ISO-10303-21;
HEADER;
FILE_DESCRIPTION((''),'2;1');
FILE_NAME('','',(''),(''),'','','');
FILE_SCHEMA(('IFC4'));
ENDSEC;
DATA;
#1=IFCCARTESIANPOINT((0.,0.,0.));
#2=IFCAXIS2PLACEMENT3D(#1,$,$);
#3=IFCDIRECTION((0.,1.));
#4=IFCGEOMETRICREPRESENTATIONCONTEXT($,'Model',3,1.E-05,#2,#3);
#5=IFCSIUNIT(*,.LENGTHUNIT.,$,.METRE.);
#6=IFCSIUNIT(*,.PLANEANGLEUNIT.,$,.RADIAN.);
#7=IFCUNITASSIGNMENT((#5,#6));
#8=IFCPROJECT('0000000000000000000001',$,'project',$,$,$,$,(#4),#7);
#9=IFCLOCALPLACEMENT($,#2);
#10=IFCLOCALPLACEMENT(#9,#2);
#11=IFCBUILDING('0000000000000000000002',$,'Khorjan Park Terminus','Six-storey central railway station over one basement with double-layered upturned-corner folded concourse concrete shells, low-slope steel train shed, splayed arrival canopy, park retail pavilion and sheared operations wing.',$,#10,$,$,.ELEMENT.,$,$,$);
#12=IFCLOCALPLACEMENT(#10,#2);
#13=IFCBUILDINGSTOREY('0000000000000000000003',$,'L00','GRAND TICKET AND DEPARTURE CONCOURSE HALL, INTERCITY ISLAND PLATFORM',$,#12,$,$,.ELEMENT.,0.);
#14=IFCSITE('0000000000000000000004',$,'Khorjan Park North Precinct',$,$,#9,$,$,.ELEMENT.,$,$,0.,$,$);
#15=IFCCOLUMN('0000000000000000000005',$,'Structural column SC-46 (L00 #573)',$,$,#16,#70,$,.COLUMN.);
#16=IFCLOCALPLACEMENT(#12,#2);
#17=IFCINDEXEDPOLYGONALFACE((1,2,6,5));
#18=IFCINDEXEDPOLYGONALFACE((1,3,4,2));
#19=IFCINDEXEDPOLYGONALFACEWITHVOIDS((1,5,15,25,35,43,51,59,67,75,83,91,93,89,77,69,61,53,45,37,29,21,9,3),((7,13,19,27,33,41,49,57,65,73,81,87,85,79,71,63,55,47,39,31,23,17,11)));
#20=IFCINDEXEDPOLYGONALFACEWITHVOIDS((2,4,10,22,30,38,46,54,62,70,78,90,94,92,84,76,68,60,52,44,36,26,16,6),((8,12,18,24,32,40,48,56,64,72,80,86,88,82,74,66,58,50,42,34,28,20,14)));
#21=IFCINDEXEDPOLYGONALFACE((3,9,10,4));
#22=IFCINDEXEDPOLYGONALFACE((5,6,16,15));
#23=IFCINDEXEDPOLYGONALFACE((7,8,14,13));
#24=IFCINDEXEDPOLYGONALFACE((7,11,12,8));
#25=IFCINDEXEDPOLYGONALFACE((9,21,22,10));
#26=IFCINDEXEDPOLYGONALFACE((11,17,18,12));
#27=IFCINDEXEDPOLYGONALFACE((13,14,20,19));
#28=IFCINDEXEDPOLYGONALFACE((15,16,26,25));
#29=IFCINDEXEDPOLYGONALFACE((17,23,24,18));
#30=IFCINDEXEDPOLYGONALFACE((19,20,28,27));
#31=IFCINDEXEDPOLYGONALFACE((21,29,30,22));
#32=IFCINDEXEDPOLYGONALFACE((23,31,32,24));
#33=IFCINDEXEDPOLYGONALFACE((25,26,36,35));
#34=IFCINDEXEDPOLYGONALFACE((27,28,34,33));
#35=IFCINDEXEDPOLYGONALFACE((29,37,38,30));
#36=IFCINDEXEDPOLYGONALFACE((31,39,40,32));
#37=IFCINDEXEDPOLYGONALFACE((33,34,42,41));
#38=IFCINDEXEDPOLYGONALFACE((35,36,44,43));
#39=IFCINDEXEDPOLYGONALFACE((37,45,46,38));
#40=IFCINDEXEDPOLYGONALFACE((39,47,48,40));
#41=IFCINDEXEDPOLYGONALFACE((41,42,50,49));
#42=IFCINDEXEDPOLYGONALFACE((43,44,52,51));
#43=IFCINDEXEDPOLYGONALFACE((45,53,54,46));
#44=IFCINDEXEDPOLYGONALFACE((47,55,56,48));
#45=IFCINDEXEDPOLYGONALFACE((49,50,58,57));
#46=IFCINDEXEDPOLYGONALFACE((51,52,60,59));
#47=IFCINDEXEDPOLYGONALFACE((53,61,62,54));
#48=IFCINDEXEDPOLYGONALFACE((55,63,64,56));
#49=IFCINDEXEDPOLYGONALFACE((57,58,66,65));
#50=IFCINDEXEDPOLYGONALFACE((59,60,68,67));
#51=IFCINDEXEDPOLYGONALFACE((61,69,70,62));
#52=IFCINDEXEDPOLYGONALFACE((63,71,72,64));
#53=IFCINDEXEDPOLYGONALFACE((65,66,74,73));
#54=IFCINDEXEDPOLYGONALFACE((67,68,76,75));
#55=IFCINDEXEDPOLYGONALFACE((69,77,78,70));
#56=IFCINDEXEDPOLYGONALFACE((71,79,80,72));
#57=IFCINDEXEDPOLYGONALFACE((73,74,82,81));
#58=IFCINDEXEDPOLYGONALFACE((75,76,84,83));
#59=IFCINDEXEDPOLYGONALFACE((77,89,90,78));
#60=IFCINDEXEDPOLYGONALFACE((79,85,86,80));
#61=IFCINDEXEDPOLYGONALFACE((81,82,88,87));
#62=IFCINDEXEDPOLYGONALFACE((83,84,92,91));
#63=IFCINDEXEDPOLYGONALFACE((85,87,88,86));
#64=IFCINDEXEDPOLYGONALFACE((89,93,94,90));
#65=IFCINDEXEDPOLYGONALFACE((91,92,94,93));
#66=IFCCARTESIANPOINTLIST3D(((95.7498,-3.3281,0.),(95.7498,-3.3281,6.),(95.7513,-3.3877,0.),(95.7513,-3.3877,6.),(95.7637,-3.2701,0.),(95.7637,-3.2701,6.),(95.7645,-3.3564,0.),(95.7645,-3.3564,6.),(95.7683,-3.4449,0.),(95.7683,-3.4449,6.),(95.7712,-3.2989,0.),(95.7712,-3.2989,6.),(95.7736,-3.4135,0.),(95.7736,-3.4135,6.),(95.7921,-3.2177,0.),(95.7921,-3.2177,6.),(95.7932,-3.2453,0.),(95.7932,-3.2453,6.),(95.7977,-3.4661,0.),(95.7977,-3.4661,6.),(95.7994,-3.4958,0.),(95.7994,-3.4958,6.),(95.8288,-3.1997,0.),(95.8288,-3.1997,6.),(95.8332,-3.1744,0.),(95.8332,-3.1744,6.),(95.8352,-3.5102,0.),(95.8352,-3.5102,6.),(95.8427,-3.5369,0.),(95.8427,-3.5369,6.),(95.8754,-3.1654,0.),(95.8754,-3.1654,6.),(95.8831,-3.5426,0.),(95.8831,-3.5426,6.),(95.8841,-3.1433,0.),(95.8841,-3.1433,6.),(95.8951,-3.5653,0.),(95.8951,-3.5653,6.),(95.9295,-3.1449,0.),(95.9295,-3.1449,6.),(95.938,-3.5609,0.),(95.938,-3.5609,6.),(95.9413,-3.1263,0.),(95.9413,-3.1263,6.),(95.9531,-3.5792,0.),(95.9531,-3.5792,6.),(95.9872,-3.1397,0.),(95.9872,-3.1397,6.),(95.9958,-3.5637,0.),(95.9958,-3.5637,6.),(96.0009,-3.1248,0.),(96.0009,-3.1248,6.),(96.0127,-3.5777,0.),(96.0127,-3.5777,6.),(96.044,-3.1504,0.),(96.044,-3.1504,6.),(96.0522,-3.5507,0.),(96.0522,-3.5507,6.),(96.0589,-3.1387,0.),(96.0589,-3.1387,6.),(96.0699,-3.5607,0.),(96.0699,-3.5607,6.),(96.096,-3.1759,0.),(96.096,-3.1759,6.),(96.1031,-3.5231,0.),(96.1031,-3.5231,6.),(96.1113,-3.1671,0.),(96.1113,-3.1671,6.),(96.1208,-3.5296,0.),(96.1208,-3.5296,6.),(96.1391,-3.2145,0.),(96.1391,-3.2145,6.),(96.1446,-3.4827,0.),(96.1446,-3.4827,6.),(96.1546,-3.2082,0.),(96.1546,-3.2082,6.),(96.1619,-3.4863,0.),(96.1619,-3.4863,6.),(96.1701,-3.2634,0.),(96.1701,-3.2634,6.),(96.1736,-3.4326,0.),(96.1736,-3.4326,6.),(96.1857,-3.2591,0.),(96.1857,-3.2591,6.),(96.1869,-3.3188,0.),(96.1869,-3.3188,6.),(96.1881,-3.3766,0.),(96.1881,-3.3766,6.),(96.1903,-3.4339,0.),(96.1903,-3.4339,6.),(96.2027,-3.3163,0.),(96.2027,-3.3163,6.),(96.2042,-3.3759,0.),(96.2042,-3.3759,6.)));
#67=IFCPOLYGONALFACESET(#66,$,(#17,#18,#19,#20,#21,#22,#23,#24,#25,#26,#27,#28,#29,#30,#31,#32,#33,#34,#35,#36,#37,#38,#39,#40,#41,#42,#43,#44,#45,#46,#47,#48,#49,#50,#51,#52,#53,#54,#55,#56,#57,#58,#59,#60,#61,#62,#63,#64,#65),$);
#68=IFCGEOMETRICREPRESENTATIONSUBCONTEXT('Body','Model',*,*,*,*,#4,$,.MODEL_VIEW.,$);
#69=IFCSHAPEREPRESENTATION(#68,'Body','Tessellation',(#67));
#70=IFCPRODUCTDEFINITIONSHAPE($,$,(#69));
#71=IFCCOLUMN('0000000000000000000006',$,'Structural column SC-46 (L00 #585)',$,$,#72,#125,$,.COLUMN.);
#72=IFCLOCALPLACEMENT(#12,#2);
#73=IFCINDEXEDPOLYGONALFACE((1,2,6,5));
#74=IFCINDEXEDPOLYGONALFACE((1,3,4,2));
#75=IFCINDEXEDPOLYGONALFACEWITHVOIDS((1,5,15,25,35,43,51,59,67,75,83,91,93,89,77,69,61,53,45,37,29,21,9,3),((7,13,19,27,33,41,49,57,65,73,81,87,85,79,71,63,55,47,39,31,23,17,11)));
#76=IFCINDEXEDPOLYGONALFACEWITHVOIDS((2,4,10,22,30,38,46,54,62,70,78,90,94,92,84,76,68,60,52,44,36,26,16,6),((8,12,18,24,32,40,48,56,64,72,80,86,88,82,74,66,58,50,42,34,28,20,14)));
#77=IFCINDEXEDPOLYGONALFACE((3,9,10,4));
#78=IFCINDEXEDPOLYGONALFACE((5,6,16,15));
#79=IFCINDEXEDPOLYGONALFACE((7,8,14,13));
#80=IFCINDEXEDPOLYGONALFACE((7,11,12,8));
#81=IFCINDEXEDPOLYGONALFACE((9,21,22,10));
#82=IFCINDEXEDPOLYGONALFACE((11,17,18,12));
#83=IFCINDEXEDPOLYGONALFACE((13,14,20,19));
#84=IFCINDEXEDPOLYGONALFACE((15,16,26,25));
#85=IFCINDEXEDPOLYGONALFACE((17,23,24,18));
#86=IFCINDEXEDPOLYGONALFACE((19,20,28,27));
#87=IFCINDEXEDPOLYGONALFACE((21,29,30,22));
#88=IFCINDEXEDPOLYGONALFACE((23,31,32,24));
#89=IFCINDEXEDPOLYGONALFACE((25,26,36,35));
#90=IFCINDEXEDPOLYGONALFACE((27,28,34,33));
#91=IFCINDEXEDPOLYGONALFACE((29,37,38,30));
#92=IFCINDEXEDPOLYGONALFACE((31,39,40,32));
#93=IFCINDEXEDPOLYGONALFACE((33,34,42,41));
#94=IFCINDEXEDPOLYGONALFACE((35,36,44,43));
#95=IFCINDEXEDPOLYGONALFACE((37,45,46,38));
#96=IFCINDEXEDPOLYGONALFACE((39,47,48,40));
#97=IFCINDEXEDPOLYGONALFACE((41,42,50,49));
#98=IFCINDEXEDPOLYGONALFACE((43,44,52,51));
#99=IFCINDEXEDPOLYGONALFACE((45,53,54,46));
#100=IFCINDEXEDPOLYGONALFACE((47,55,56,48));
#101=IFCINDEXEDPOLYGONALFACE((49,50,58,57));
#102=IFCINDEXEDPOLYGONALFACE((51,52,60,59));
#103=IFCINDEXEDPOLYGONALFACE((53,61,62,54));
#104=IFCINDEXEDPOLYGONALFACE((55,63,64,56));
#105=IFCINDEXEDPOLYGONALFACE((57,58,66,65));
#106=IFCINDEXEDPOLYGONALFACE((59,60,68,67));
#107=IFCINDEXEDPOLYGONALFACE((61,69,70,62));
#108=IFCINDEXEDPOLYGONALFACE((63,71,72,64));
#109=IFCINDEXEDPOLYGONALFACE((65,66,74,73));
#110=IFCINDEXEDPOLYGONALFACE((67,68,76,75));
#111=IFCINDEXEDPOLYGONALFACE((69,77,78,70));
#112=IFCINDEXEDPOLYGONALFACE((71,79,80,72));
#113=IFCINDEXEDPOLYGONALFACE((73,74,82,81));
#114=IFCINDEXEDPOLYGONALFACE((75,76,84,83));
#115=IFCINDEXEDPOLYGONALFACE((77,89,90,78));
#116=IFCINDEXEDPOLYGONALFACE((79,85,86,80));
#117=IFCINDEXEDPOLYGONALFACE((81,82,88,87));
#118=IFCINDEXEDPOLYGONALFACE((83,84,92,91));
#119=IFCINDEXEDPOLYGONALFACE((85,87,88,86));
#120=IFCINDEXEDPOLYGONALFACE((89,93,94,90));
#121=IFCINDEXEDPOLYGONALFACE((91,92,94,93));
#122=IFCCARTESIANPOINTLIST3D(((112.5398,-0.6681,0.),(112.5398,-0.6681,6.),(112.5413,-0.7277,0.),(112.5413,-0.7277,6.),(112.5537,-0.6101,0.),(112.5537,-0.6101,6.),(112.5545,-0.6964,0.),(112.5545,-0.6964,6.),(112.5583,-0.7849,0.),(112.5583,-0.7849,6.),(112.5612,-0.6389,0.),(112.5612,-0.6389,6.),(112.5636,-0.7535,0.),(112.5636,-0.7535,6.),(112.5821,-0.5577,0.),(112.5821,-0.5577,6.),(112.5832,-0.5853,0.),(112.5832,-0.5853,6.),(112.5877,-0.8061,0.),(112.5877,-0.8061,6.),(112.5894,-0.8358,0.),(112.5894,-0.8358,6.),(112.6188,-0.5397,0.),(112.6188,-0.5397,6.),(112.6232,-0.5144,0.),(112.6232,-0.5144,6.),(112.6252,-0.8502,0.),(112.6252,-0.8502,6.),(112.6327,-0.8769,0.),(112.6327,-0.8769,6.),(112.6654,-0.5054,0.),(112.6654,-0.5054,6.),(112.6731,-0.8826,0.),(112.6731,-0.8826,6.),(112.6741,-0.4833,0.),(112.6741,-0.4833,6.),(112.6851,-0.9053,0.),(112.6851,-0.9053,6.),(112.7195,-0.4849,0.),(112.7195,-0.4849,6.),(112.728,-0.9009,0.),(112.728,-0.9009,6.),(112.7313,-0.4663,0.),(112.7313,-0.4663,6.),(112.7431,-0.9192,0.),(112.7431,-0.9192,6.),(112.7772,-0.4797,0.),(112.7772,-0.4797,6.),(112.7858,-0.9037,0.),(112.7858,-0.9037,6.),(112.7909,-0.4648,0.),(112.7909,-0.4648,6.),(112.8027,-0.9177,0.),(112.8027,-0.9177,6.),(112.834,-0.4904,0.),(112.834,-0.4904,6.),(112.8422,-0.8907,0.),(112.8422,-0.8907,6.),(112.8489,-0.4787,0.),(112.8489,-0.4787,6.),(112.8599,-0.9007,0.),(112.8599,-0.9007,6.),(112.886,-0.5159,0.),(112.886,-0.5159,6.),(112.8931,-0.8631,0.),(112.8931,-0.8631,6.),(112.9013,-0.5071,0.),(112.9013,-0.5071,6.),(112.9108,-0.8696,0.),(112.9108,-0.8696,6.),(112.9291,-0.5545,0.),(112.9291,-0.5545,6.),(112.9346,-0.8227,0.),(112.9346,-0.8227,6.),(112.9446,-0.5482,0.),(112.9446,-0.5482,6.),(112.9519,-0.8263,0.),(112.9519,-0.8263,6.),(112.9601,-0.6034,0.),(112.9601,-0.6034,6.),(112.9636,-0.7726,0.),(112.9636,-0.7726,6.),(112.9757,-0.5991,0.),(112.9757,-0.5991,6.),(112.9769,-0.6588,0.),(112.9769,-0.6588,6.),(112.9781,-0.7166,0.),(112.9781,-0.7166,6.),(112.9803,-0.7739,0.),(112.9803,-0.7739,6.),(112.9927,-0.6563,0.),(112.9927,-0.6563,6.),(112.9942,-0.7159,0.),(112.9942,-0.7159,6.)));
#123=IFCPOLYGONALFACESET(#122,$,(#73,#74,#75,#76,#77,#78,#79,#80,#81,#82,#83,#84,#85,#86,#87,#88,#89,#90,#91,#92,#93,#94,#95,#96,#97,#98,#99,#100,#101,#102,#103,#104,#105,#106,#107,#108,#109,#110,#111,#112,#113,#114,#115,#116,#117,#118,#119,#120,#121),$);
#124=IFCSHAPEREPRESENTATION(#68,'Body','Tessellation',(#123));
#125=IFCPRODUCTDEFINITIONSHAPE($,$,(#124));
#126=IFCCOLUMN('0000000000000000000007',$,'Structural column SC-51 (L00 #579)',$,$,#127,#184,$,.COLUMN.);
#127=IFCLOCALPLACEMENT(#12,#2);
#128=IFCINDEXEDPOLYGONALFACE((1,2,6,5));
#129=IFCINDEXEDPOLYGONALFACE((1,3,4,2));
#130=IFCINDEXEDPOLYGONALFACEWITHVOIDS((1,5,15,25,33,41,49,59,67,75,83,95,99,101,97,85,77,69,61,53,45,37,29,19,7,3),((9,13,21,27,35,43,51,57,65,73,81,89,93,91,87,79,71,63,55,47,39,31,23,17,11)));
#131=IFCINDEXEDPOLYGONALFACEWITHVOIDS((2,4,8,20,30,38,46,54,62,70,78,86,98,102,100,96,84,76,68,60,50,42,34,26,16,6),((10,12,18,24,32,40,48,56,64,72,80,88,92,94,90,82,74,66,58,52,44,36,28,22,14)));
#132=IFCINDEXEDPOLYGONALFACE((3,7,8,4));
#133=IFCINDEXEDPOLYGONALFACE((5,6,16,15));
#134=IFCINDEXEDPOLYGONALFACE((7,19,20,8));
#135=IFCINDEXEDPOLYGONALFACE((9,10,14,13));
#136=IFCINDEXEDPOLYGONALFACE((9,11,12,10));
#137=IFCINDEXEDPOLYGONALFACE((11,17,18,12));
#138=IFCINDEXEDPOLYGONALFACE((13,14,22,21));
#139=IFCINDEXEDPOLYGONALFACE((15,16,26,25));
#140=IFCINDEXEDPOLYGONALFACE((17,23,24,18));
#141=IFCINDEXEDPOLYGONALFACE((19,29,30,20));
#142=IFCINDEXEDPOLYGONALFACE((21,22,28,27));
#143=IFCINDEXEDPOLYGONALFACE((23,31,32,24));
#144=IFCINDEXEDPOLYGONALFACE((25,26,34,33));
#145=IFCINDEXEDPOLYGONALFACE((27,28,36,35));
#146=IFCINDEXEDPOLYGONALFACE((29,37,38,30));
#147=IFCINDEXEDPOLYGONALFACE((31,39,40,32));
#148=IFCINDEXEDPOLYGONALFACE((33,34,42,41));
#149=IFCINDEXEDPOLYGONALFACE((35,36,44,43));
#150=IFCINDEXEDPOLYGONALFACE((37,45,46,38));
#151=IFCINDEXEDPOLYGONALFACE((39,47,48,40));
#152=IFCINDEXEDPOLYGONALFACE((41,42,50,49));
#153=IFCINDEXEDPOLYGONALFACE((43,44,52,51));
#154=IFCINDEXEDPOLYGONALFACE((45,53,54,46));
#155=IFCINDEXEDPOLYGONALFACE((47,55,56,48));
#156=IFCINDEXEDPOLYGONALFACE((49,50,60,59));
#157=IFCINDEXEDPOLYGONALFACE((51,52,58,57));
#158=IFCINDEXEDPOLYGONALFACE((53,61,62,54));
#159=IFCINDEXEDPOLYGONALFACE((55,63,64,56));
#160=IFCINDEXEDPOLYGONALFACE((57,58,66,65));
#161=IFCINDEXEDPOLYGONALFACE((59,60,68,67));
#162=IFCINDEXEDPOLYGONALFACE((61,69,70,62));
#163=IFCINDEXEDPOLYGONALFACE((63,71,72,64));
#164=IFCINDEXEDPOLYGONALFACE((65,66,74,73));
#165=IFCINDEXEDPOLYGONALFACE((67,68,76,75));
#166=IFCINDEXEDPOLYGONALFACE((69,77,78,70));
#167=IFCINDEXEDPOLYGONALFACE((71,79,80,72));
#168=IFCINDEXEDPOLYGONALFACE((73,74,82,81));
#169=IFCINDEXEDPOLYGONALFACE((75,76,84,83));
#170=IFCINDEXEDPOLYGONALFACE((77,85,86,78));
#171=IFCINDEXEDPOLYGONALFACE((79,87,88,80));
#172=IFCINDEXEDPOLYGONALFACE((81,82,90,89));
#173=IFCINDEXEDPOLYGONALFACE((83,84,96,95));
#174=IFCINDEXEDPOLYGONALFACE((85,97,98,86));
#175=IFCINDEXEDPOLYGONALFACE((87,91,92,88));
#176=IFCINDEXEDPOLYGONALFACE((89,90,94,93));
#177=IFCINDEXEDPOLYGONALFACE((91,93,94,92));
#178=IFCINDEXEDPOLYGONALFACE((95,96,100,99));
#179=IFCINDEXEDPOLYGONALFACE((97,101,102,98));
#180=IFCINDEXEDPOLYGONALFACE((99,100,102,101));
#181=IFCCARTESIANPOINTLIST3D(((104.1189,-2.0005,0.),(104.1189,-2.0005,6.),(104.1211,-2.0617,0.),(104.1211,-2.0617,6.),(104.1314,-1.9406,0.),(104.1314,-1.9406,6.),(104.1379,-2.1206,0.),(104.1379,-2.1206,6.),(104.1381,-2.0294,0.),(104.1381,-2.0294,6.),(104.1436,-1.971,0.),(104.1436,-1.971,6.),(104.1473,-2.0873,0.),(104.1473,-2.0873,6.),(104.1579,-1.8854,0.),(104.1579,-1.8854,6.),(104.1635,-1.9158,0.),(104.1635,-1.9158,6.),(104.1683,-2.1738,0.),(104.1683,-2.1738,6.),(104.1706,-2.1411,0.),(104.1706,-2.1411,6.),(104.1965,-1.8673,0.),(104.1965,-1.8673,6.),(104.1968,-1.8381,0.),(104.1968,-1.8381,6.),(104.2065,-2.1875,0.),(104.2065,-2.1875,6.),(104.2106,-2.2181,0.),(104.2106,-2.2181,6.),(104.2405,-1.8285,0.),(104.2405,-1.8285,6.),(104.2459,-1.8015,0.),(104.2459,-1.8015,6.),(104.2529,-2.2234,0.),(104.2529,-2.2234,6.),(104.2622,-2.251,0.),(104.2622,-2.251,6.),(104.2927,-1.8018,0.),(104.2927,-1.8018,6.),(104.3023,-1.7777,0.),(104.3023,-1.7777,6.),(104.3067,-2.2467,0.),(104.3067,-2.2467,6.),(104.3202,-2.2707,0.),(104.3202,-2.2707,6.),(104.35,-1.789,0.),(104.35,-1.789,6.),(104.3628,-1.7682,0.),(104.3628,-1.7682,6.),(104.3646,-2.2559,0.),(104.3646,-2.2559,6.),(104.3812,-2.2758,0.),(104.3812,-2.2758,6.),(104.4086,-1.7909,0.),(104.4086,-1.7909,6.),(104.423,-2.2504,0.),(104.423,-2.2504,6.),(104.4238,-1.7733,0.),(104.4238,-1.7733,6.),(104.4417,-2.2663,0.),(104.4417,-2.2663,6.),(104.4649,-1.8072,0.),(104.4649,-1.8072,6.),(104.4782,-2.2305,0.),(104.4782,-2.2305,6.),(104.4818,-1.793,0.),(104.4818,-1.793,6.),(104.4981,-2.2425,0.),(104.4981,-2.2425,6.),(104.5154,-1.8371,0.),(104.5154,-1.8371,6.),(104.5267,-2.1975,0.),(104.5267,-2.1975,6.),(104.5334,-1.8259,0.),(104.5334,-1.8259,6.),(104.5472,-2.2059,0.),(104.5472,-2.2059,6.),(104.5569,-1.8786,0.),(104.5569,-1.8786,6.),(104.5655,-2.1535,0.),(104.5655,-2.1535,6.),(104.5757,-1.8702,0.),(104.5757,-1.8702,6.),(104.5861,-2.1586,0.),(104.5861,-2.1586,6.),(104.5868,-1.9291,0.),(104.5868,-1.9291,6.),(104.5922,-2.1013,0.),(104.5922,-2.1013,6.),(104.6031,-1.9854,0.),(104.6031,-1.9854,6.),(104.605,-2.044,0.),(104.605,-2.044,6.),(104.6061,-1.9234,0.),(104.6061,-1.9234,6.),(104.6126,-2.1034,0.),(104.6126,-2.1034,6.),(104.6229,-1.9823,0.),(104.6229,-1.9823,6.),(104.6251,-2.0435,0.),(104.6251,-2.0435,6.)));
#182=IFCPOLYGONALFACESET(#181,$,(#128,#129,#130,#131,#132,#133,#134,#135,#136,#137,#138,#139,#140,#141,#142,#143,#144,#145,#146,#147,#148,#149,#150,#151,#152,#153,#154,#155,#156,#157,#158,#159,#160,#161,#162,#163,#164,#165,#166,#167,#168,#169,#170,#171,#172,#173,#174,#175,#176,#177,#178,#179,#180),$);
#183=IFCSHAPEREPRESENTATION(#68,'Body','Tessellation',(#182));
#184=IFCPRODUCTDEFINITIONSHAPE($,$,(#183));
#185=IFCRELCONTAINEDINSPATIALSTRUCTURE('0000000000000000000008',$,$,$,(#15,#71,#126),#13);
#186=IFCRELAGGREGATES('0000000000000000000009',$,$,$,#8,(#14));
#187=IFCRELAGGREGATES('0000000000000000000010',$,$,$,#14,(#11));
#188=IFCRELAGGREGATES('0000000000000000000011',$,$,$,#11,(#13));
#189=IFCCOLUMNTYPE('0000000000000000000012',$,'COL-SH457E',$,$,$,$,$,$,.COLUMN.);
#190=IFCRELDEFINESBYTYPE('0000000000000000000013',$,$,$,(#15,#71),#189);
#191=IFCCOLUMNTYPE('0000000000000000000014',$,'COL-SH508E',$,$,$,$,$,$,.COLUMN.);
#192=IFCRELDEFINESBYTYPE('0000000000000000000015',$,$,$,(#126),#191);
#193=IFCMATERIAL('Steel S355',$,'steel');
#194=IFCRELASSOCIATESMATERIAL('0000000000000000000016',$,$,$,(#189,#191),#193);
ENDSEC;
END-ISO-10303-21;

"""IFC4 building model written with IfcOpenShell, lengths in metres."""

from ifc_helpers import new_model, si_unit, direction, frame, origin, origin_2d, place, context, subcontext, project, spatial, hollow_circle, extrude, material, material_profile, profile_set, type_object, element, save


model = new_model("IFC4")

# Units and contexts
model_context = context("Model", 3, precision=1e-05, world=origin(), true_north=direction((0.0, 1.0)))
body_context = subcontext(model_context, "Body", "Model", "MODEL_VIEW")
ifc_project = project(units=[si_unit("LENGTHUNIT", "METRE"), si_unit("PLANEANGLEUNIT", "RADIAN")], contexts=[model_context])

# Site, building, storey
site_placement = place(None, origin())
site = spatial("IfcSite", under=ifc_project, at=site_placement, Name="Khorjan Park North Precinct", CompositionType="ELEMENT", RefElevation=0.0)
building_placement = place(site_placement, origin())
building = spatial("IfcBuilding", under=site, at=building_placement, Name="Khorjan Park Terminus", Description="Six-storey central railway station over one basement with double-layered upturned-corner folded concourse concrete shells, low-slope steel train shed, splayed arrival canopy, park retail pavilion and sheared operations wing.", CompositionType="ELEMENT")
storey_placement = place(building_placement, origin())
storey = spatial("IfcBuildingStorey", under=building, at=storey_placement, Name="L00", Description="GRAND TICKET AND DEPARTURE CONCOURSE HALL, INTERCITY ISLAND PLATFORM", CompositionType="ELEMENT", Elevation=0.0)

# Columns
ifc_material_1 = material(Name="Steel S355", Category="steel")
ifc_material_profile_1 = material_profile(ifc_material_1, hollow_circle(Radius=0.2285, WallThickness=0.016, at=origin_2d()), Name="CHS 457x16")
ifc_profile_set_1 = profile_set([ifc_material_profile_1], Name="Steel S355")
column_type_1 = type_object("IfcColumnType", Name="COL-SH457E", PredefinedType="COLUMN", material=ifc_profile_set_1)
for number, where, z_axis, x_axis, name in (
    (1, (95.977, -3.352, 0.0), (0.0, 0.0, 1.0), (0.987688, 0.156434, 0.0), "Structural column SC-46 (L00 #573)"),
    (2, (112.767, -0.692, 0.0), (0.0, 0.0, 1.0), (0.987688, 0.156434, 0.0), "Structural column SC-46 (L00 #585)"),
):
    element("IfcColumn", number, at=place(storey_placement, frame(where, z_axis=z_axis, x_axis=x_axis)), inside=storey, type_object=column_type_1, Name=name, PredefinedType="COLUMN", context=body_context, shape_type="SweptSolid", body=[
        extrude(hollow_circle(Radius=0.2285, WallThickness=0.016, at=origin_2d()), origin(), (0.0, 0.0, 1.0), 6.0),
    ])
ifc_material_profile_2 = material_profile(ifc_material_1, hollow_circle(Radius=0.254, WallThickness=0.02, at=origin_2d()), Name="CHS 508x20")
ifc_profile_set_2 = profile_set([ifc_material_profile_2], Name="Steel S355")
column_type_2 = type_object("IfcColumnType", Name="COL-SH508E", PredefinedType="COLUMN", material=ifc_profile_set_2)
for number, where, z_axis, x_axis, name in (
    (3, (104.372, -2.022, 0.0), (0.0, 0.0, 1.0), (0.987688, 0.156434, 0.0), "Structural column SC-51 (L00 #579)"),
):
    element("IfcColumn", number, at=place(storey_placement, frame(where, z_axis=z_axis, x_axis=x_axis)), inside=storey, type_object=column_type_2, Name=name, PredefinedType="COLUMN", context=body_context, shape_type="SweptSolid", body=[
        extrude(hollow_circle(Radius=0.254, WallThickness=0.02, at=origin_2d()), origin(), (0.0, 0.0, 1.0), 6.0),
    ])

save(model, "model.ifc")
